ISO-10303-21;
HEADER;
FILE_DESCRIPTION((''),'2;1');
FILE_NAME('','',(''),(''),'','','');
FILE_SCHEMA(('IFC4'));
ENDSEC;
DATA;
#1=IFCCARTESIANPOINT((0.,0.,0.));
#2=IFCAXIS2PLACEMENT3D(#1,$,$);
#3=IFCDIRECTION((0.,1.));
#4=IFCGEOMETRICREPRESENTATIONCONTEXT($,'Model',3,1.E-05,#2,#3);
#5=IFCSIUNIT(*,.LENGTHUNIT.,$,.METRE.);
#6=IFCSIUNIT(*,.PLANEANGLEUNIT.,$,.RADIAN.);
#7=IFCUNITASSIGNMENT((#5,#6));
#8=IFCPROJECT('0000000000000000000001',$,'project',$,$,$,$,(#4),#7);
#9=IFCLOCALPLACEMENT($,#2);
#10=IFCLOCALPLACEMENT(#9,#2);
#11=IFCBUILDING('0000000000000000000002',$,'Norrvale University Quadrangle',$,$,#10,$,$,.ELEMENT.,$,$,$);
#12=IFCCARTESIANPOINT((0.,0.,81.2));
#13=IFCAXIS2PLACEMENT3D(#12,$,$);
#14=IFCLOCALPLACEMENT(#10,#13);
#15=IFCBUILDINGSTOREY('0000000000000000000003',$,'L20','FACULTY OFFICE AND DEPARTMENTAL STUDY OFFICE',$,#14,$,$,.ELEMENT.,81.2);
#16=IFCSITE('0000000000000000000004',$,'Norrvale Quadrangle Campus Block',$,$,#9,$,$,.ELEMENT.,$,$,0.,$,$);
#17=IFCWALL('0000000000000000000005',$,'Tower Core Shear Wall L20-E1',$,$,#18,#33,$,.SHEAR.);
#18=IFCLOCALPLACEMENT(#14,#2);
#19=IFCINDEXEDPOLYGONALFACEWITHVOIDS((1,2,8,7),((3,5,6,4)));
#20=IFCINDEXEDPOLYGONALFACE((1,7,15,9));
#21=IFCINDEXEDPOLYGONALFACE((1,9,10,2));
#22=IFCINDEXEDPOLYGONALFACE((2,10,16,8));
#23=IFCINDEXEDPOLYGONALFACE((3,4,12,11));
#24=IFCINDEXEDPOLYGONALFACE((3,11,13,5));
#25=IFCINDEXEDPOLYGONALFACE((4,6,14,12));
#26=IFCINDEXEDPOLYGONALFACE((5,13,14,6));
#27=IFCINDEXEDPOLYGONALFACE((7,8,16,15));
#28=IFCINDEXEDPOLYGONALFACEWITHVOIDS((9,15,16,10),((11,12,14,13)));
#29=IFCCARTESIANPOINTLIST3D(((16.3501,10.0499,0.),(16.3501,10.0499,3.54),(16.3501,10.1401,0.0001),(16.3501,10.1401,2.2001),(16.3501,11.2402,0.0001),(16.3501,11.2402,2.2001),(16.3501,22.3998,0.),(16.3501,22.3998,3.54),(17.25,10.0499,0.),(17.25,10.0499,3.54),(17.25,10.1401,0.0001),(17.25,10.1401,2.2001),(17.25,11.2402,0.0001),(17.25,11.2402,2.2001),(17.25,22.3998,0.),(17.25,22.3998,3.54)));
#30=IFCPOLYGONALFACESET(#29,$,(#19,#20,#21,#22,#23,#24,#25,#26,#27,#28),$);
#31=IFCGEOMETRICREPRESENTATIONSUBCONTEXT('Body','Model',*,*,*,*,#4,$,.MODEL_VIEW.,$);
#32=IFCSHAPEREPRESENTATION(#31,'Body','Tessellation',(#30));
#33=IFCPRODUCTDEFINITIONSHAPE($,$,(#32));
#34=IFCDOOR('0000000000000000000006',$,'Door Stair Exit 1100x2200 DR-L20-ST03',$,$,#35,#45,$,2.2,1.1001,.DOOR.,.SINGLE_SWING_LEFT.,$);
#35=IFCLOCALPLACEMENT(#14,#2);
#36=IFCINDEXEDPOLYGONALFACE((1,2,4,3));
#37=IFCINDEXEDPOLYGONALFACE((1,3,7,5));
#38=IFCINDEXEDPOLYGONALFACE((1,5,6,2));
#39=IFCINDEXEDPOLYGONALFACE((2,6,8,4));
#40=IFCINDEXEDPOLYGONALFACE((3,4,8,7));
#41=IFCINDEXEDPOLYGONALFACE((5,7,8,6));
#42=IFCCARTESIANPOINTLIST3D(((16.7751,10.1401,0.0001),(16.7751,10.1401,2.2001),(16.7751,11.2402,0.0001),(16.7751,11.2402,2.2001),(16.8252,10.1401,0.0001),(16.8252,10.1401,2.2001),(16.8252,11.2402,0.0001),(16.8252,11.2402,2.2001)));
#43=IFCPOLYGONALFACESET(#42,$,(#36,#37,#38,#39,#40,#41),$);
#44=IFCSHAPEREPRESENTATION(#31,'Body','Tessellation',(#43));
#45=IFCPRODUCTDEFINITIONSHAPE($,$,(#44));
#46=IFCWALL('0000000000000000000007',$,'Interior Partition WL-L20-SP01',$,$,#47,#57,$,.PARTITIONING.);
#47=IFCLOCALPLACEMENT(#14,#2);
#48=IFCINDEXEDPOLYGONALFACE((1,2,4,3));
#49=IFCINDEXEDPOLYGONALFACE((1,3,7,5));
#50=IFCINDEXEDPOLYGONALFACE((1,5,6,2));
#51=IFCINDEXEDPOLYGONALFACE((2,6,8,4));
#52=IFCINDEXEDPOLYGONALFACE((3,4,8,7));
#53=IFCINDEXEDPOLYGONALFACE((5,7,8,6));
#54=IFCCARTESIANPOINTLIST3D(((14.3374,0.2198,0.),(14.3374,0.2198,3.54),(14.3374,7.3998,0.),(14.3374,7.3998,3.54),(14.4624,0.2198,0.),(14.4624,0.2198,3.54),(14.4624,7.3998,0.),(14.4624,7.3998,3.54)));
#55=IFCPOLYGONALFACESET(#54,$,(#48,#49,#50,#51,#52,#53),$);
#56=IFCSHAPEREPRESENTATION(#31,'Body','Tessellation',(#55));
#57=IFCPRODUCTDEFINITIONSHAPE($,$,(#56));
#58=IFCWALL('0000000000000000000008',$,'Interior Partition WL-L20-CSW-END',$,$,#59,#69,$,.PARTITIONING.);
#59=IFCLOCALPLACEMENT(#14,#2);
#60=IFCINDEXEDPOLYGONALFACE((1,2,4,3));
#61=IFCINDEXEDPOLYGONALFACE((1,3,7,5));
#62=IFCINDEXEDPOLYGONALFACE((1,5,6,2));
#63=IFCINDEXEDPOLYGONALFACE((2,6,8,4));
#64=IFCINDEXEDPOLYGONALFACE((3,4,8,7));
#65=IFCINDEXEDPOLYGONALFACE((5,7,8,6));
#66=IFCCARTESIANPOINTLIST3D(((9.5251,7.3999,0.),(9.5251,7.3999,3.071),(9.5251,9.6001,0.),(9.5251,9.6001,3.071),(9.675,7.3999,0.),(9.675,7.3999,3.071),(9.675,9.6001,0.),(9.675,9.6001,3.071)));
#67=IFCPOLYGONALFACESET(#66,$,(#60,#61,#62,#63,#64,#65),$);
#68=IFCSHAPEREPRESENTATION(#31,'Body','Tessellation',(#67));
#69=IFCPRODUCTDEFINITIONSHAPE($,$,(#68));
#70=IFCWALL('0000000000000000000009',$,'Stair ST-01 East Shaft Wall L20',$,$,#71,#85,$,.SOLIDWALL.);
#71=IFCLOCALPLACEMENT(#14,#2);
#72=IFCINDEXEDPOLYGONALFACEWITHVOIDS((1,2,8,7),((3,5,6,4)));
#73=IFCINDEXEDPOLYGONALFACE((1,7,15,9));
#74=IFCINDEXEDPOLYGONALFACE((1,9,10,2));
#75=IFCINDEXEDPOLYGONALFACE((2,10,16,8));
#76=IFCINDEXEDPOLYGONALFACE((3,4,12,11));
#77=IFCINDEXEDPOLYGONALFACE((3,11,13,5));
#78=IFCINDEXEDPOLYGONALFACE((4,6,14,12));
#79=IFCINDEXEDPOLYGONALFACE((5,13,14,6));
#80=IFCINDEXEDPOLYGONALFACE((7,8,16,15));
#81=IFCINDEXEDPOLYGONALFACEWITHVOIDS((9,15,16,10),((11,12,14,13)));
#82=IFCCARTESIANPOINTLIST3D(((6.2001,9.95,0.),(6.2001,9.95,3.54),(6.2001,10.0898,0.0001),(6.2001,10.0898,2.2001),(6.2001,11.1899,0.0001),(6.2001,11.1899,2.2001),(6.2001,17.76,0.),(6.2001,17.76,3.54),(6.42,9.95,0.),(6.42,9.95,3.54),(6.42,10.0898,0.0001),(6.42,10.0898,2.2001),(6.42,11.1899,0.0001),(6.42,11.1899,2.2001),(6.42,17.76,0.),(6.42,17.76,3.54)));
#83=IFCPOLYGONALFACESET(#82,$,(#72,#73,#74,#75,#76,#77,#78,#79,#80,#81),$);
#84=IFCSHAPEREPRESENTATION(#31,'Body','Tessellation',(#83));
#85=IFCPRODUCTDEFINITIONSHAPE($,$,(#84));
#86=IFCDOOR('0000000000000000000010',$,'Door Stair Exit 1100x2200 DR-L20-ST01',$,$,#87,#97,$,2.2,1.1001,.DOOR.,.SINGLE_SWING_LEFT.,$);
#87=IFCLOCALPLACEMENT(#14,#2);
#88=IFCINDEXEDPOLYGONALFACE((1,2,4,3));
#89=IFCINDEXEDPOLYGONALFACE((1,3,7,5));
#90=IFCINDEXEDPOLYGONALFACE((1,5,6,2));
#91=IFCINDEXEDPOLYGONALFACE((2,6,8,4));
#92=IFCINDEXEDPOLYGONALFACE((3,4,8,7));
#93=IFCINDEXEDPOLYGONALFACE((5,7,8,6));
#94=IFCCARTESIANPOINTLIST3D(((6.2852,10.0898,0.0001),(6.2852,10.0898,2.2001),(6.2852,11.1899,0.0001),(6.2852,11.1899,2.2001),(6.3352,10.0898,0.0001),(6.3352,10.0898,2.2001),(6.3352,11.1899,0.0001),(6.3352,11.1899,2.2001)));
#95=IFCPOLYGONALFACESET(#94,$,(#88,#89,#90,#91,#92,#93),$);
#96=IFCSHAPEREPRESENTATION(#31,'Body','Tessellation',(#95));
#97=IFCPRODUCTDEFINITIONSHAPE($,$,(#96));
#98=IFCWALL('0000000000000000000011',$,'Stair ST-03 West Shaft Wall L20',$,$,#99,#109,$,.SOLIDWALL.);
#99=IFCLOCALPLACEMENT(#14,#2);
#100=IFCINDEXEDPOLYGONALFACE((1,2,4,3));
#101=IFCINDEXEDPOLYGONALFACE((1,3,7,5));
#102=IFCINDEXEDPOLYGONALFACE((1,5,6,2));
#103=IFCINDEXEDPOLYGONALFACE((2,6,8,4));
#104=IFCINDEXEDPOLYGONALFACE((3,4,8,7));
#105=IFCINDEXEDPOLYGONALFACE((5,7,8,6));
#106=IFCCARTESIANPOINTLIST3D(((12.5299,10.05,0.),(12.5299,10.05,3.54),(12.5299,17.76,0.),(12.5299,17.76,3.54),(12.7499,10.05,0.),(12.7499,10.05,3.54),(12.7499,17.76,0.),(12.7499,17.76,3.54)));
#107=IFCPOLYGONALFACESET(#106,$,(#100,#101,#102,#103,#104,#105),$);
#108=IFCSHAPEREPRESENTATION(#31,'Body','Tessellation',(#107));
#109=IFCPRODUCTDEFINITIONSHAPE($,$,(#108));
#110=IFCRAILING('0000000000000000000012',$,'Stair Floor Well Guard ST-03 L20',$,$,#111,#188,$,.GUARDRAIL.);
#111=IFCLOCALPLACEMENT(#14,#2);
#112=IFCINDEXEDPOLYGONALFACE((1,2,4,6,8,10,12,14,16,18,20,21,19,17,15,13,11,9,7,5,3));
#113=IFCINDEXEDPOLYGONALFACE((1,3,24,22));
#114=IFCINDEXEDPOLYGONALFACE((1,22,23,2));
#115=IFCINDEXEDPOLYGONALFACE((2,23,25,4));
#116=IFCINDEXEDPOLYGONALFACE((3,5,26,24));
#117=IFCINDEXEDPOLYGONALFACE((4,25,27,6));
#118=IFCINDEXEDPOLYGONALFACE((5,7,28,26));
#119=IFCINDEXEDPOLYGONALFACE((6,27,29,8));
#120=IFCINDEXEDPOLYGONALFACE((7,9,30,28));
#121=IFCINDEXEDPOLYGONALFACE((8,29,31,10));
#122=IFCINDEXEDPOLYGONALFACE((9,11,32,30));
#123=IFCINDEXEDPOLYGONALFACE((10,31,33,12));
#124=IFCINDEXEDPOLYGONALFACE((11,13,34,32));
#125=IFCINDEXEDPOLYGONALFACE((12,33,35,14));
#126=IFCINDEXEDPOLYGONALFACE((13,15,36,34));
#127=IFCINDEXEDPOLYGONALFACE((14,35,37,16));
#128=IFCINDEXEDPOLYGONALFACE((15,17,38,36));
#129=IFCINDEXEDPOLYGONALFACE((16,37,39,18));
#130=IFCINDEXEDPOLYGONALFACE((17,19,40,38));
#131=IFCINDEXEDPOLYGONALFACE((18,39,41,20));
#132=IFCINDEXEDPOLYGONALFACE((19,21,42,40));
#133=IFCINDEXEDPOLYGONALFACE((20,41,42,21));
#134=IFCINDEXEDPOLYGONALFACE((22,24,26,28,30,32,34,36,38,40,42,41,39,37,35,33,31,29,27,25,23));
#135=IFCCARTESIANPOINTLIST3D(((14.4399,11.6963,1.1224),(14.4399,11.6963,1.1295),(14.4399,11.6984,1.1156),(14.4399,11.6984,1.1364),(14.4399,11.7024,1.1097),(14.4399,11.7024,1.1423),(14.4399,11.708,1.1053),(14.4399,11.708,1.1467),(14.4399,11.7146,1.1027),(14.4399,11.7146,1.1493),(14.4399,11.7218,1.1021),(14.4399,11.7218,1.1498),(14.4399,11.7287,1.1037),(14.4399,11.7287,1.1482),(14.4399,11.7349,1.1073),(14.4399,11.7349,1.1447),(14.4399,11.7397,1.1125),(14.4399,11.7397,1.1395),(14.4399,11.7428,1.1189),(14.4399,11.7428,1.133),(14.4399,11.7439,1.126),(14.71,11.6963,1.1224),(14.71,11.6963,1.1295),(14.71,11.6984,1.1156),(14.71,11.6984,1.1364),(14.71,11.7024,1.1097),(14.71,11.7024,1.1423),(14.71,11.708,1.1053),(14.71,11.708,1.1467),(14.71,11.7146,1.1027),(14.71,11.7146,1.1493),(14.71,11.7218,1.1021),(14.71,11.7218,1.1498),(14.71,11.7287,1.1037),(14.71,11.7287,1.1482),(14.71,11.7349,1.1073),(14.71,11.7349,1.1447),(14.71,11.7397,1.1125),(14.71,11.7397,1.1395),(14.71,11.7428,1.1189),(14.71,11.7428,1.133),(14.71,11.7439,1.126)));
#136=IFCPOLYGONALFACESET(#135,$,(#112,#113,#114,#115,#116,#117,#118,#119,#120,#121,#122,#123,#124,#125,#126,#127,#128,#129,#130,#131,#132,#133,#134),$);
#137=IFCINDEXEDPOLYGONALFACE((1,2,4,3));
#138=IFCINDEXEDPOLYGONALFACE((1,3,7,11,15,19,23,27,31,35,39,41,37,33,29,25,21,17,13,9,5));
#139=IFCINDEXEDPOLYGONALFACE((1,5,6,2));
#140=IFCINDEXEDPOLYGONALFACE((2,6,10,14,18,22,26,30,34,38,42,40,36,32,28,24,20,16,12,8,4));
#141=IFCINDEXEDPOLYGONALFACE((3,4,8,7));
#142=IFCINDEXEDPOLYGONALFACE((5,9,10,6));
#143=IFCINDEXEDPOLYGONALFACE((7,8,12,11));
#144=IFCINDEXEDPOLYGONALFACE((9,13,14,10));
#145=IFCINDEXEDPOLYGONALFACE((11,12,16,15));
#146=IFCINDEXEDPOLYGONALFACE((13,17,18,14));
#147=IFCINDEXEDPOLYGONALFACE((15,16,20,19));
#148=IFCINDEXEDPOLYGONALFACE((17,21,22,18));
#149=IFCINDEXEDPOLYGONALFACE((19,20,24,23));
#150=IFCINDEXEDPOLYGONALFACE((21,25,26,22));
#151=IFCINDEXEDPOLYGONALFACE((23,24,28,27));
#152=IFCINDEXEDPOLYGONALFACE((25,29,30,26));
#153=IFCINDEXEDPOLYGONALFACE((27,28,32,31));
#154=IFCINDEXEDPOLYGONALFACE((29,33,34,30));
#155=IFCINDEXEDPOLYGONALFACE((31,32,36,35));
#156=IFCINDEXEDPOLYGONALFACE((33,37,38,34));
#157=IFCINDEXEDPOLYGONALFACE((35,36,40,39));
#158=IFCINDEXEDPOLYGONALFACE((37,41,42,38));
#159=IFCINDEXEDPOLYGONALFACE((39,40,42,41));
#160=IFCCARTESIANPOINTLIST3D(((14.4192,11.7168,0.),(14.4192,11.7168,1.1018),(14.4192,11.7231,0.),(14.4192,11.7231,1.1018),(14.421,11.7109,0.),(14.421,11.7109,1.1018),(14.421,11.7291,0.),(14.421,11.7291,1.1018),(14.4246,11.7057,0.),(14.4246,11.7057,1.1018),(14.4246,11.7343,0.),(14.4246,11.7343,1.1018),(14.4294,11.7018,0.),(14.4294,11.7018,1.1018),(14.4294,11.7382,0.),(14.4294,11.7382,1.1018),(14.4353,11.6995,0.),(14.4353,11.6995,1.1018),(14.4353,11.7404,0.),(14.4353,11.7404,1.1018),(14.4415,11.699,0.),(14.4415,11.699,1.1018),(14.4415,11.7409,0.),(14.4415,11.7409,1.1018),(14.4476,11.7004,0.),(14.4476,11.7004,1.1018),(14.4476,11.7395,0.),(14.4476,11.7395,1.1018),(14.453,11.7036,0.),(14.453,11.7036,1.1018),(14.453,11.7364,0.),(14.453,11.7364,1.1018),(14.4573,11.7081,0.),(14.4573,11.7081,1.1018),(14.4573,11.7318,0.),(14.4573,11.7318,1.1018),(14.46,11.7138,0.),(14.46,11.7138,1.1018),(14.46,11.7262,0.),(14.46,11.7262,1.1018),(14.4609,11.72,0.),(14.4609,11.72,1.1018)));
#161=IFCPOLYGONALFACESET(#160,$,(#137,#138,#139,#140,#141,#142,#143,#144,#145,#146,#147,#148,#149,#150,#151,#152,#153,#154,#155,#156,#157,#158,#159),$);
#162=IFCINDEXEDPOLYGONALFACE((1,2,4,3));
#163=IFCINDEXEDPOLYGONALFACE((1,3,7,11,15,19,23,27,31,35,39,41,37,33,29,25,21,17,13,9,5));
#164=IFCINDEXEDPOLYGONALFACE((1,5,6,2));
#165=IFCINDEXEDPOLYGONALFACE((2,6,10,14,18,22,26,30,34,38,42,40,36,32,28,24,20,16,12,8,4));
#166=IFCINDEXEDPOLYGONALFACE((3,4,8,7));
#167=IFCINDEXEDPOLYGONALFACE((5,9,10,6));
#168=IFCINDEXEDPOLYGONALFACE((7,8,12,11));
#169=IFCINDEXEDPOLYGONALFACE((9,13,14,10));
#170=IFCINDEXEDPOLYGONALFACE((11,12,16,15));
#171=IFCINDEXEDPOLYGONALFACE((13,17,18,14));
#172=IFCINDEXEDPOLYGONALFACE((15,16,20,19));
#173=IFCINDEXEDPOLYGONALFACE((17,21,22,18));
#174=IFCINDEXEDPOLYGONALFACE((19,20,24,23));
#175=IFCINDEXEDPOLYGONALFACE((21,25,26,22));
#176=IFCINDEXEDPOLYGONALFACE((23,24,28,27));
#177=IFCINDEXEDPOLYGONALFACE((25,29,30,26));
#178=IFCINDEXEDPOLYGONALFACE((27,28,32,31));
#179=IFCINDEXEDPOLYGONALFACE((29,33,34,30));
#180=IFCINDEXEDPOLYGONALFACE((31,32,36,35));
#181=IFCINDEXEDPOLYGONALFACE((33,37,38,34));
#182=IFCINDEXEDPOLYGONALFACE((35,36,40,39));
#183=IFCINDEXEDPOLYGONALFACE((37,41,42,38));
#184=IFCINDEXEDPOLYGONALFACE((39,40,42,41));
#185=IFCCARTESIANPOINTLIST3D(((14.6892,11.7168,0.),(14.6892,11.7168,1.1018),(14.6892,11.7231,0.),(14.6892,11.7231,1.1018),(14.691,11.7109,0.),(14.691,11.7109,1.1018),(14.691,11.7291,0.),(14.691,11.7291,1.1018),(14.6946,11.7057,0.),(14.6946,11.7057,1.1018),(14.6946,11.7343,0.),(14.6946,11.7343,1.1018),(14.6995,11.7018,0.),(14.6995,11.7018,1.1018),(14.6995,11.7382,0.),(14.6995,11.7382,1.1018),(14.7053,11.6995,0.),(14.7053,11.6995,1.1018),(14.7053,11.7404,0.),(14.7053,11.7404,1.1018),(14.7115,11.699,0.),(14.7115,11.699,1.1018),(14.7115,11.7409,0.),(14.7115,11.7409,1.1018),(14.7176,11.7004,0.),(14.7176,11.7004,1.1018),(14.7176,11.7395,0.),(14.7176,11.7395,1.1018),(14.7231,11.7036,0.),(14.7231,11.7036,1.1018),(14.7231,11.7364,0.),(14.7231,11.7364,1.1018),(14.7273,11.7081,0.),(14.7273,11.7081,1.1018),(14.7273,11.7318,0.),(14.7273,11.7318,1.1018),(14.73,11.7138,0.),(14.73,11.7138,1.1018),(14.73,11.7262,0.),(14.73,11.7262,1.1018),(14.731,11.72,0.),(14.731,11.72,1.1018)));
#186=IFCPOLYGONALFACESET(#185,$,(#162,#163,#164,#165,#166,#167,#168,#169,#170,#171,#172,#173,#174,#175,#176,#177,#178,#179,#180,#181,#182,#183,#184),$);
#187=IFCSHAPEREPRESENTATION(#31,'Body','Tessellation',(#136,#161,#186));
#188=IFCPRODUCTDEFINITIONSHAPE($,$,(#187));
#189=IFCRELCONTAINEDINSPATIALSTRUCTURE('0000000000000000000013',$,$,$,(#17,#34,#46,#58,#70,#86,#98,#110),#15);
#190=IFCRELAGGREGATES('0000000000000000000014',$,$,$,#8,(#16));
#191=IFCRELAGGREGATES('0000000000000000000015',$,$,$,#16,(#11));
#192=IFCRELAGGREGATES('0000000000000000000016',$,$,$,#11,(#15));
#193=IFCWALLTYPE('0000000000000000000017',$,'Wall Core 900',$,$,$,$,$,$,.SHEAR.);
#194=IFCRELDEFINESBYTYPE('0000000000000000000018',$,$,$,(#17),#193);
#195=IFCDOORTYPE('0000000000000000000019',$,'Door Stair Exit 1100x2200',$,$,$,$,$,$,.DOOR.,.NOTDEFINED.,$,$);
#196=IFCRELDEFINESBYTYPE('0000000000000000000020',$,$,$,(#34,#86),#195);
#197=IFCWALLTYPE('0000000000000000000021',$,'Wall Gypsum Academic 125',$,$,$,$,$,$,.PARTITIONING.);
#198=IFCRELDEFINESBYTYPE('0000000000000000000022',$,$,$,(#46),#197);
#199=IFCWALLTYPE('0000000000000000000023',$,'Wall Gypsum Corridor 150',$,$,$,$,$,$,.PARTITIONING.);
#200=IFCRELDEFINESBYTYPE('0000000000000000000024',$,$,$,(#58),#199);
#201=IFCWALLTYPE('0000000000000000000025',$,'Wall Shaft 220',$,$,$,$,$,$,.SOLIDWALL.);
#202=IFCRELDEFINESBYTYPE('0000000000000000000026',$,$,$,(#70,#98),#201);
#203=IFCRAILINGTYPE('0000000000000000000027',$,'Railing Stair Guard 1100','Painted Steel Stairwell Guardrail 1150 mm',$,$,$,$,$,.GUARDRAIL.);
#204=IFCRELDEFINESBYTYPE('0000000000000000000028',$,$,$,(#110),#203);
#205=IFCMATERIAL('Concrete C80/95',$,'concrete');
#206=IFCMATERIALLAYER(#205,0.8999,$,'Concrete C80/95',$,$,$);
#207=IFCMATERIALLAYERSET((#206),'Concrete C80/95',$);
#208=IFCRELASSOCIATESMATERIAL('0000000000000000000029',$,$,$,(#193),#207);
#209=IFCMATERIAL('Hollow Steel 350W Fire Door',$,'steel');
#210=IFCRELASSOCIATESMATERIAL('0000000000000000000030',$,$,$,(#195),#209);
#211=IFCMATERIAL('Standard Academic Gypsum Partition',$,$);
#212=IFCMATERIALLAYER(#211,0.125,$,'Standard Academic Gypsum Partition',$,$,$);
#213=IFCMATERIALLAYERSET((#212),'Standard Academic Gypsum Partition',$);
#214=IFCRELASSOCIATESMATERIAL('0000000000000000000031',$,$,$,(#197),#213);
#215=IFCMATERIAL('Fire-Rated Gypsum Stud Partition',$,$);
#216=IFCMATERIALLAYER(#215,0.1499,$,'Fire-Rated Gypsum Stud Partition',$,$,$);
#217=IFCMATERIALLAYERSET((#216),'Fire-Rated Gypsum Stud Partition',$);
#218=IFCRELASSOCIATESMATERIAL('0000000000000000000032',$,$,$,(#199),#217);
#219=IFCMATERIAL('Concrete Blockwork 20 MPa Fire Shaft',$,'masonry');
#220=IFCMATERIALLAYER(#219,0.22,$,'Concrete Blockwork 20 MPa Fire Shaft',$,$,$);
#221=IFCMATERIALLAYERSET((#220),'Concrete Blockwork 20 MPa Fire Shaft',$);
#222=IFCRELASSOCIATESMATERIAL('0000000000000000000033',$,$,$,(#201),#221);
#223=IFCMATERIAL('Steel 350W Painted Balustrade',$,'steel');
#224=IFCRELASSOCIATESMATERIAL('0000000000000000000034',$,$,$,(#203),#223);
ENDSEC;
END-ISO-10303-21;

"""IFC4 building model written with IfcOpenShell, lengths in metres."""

from ifc_helpers import new_model, si_unit, direction, frame, frame_2d, origin, origin_2d, place, context, subcontext, project, spatial, rectangle, circle, extrude, material, layer, layer_set, type_object, element, fill, save


model = new_model("IFC4")

# Units and contexts
model_context = context("Model", 3, precision=1e-05, world=origin(), true_north=direction((0.0, 1.0)))
body_context = subcontext(model_context, "Body", "Model", "MODEL_VIEW")
ifc_project = project(units=[si_unit("LENGTHUNIT", "METRE"), si_unit("PLANEANGLEUNIT", "RADIAN")], contexts=[model_context])

# Site, building, storey
site_placement = place(None, origin())
site = spatial("IfcSite", under=ifc_project, at=site_placement, Name="Norrvale Quadrangle Campus Block", CompositionType="ELEMENT", RefElevation=0.0)
building_placement = place(site_placement, origin())
building = spatial("IfcBuilding", under=site, at=building_placement, Name="Norrvale University Quadrangle", CompositionType="ELEMENT")
storey_placement = place(building_placement, frame((0.0, 0.0, 81.2)))
storey = spatial("IfcBuildingStorey", under=building, at=storey_placement, Name="L20", Description="FACULTY OFFICE AND DEPARTMENTAL STUDY OFFICE", CompositionType="ELEMENT", Elevation=81.2)

# Shared definitions
ifc_material_1 = material(Name="Concrete C80/95", Category="concrete")

# Wall, opening, door
ifc_layer_1 = layer(ifc_material_1, 0.8999, Name="Concrete C80/95")
ifc_layer_set_1 = layer_set([ifc_layer_1], Name="Concrete C80/95")
wall_type_1 = type_object("IfcWallType", Name="Wall Core 900", PredefinedType="SHEAR", material=ifc_layer_set_1)
wall_1_placement = place(storey_placement, frame((16.8, 10.05, 0.0), z_axis=(0.0, 0.0, 1.0), x_axis=(0.0, 1.0, 0.0)))
wall_1 = element("IfcWall", 1, at=wall_1_placement, inside=storey, type_object=wall_type_1, Name="Tower Core Shear Wall L20-E1", PredefinedType="SHEAR", context=body_context, shape_type="SweptSolid", body=[
    extrude(rectangle(XDim=12.3499, YDim=0.8999, at=frame_2d((6.1748, 0.0))), origin(), (0.0, 0.0, 1.0), 3.54),
])
opening_1_placement = place(wall_1_placement, frame((0.0901, 0.0, 0.0)))
opening_1 = element("IfcOpeningElement", 2, at=opening_1_placement, cuts=wall_1, PredefinedType="OPENING", context=body_context, shape_type="SweptSolid", body=[
    extrude(rectangle(XDim=1.1001, YDim=2.2, at=frame_2d((0.55, 1.1001))), frame((0.0, 0.4619, 0.0), z_axis=(0.0, -1.0, 0.0), x_axis=(1.0, 0.0, 0.0)), (0.0, 0.0, 1.0), 0.9238),
])
ifc_material_2 = material(Name="Hollow Steel 350W Fire Door", Category="steel")
door_type = type_object("IfcDoorType", Name="Door Stair Exit 1100x2200", OperationType="NOTDEFINED", PredefinedType="DOOR", material=ifc_material_2)
door_1_placement = place(opening_1_placement, origin())
door_1 = element("IfcDoor", 3, at=door_1_placement, inside=storey, type_object=door_type, Name="Door Stair Exit 1100x2200 DR-L20-ST03", OperationType="SINGLE_SWING_LEFT", OverallHeight=2.2, OverallWidth=1.1001, PredefinedType="DOOR", context=body_context, shape_type="SweptSolid", body=[
    extrude(rectangle(XDim=1.1001, YDim=2.2, at=frame_2d((0.55, 1.1001))), frame((0.0, 0.0249, 0.0), z_axis=(0.0, -1.0, 0.0), x_axis=(1.0, 0.0, 0.0)), (0.0, 0.0, 1.0), 0.05),
])
fill(opening_1, door_1)

# Walls
ifc_material_3 = material(Name="Standard Academic Gypsum Partition")
ifc_layer_2 = layer(ifc_material_3, 0.125, Name="Standard Academic Gypsum Partition")
ifc_layer_set_2 = layer_set([ifc_layer_2], Name="Standard Academic Gypsum Partition")
wall_type_2 = type_object("IfcWallType", Name="Wall Gypsum Academic 125", PredefinedType="PARTITIONING", material=ifc_layer_set_2)
wall_2_placement = place(storey_placement, frame((14.3999, 0.22, 0.0), z_axis=(0.0, 0.0, 1.0), x_axis=(0.0, 1.0, 0.0)))
element("IfcWall", 4, at=wall_2_placement, inside=storey, type_object=wall_type_2, Name="Interior Partition WL-L20-SP01", PredefinedType="PARTITIONING", context=body_context, shape_type="SweptSolid", body=[
    extrude(rectangle(XDim=7.1799, YDim=0.125, at=frame_2d((3.5898, 0.0))), origin(), (0.0, 0.0, 1.0), 3.54),
])
ifc_material_4 = material(Name="Fire-Rated Gypsum Stud Partition")
ifc_layer_3 = layer(ifc_material_4, 0.1499, Name="Fire-Rated Gypsum Stud Partition")
ifc_layer_set_3 = layer_set([ifc_layer_3], Name="Fire-Rated Gypsum Stud Partition")
wall_type_3 = type_object("IfcWallType", Name="Wall Gypsum Corridor 150", PredefinedType="PARTITIONING", material=ifc_layer_set_3)
wall_3_placement = place(storey_placement, frame((9.6001, 7.3999, 0.0), z_axis=(0.0, 0.0, 1.0), x_axis=(0.0, 1.0, 0.0)))
element("IfcWall", 5, at=wall_3_placement, inside=storey, type_object=wall_type_3, Name="Interior Partition WL-L20-CSW-END", PredefinedType="PARTITIONING", context=body_context, shape_type="SweptSolid", body=[
    extrude(rectangle(XDim=2.2002, YDim=0.1499, at=frame_2d((1.1001, 0.0))), origin(), (0.0, 0.0, 1.0), 3.071),
])

# Wall, opening, door
ifc_material_5 = material(Name="Concrete Blockwork 20 MPa Fire Shaft", Category="masonry")
ifc_layer_4 = layer(ifc_material_5, 0.22, Name="Concrete Blockwork 20 MPa Fire Shaft")
ifc_layer_set_4 = layer_set([ifc_layer_4], Name="Concrete Blockwork 20 MPa Fire Shaft")
wall_type_4 = type_object("IfcWallType", Name="Wall Shaft 220", PredefinedType="SOLIDWALL", material=ifc_layer_set_4)
wall_4_placement = place(storey_placement, frame((6.3101, 9.95, 0.0), z_axis=(0.0, 0.0, 1.0), x_axis=(0.0, 1.0, 0.0)))
wall_4 = element("IfcWall", 6, at=wall_4_placement, inside=storey, type_object=wall_type_4, Name="Stair ST-01 East Shaft Wall L20", PredefinedType="SOLIDWALL", context=body_context, shape_type="SweptSolid", body=[
    extrude(rectangle(XDim=7.8101, YDim=0.22, at=frame_2d((3.905, 0.0))), origin(), (0.0, 0.0, 1.0), 3.54),
])
opening_2_placement = place(wall_4_placement, frame((0.1399, 0.0, 0.0)))
opening_2 = element("IfcOpeningElement", 7, at=opening_2_placement, cuts=wall_4, PredefinedType="OPENING", context=body_context, shape_type="SweptSolid", body=[
    extrude(rectangle(XDim=1.1001, YDim=2.2, at=frame_2d((0.55, 1.1001))), frame((0.0, 0.1221, 0.0), z_axis=(0.0, -1.0, 0.0), x_axis=(1.0, 0.0, 0.0)), (0.0, 0.0, 1.0), 0.2439),
])
door_2_placement = place(opening_2_placement, origin())
door_2 = element("IfcDoor", 8, at=door_2_placement, inside=storey, type_object=door_type, Name="Door Stair Exit 1100x2200 DR-L20-ST01", OperationType="SINGLE_SWING_LEFT", OverallHeight=2.2, OverallWidth=1.1001, PredefinedType="DOOR", context=body_context, shape_type="SweptSolid", body=[
    extrude(rectangle(XDim=1.1001, YDim=2.2, at=frame_2d((0.55, 1.1001))), frame((0.0, 0.0249, 0.0), z_axis=(0.0, -1.0, 0.0), x_axis=(1.0, 0.0, 0.0)), (0.0, 0.0, 1.0), 0.05),
])
fill(opening_2, door_2)

# Wall
wall_5_placement = place(storey_placement, frame((12.6399, 10.05, 0.0), z_axis=(0.0, 0.0, 1.0), x_axis=(0.0, 1.0, 0.0)))
element("IfcWall", 9, at=wall_5_placement, inside=storey, type_object=wall_type_4, Name="Stair ST-03 West Shaft Wall L20", PredefinedType="SOLIDWALL", context=body_context, shape_type="SweptSolid", body=[
    extrude(rectangle(XDim=7.71, YDim=0.22, at=frame_2d((3.855, 0.0))), origin(), (0.0, 0.0, 1.0), 3.54),
])

# Railing
ifc_material_6 = material(Name="Steel 350W Painted Balustrade", Category="steel")
railing_type = type_object("IfcRailingType", Name="Railing Stair Guard 1100", Description="Painted Steel Stairwell Guardrail 1150 mm", PredefinedType="GUARDRAIL", material=ifc_material_6)
railing_placement = place(storey_placement, frame((14.4399, 11.72, 0.0)))
element("IfcRailing", 10, at=railing_placement, inside=storey, type_object=railing_type, Name="Stair Floor Well Guard ST-03 L20", PredefinedType="GUARDRAIL", context=body_context, shape_type="SweptSolid", body=[
    extrude(circle(Radius=0.0239, at=origin_2d()), frame((0.0, 0.0, 1.126), z_axis=(1.0, 0.0, 0.0), x_axis=(0.0, 1.0, 0.0)), (0.0, 0.0, 1.0), 0.27),
    extrude(circle(Radius=0.021, at=origin_2d()), origin(), (0.0, 0.0, 1.0), 1.1018),
    extrude(circle(Radius=0.021, at=origin_2d()), frame((0.27, 0.0, 0.0)), (0.0, 0.0, 1.0), 1.1018),
])

save(model, "model.ifc")
